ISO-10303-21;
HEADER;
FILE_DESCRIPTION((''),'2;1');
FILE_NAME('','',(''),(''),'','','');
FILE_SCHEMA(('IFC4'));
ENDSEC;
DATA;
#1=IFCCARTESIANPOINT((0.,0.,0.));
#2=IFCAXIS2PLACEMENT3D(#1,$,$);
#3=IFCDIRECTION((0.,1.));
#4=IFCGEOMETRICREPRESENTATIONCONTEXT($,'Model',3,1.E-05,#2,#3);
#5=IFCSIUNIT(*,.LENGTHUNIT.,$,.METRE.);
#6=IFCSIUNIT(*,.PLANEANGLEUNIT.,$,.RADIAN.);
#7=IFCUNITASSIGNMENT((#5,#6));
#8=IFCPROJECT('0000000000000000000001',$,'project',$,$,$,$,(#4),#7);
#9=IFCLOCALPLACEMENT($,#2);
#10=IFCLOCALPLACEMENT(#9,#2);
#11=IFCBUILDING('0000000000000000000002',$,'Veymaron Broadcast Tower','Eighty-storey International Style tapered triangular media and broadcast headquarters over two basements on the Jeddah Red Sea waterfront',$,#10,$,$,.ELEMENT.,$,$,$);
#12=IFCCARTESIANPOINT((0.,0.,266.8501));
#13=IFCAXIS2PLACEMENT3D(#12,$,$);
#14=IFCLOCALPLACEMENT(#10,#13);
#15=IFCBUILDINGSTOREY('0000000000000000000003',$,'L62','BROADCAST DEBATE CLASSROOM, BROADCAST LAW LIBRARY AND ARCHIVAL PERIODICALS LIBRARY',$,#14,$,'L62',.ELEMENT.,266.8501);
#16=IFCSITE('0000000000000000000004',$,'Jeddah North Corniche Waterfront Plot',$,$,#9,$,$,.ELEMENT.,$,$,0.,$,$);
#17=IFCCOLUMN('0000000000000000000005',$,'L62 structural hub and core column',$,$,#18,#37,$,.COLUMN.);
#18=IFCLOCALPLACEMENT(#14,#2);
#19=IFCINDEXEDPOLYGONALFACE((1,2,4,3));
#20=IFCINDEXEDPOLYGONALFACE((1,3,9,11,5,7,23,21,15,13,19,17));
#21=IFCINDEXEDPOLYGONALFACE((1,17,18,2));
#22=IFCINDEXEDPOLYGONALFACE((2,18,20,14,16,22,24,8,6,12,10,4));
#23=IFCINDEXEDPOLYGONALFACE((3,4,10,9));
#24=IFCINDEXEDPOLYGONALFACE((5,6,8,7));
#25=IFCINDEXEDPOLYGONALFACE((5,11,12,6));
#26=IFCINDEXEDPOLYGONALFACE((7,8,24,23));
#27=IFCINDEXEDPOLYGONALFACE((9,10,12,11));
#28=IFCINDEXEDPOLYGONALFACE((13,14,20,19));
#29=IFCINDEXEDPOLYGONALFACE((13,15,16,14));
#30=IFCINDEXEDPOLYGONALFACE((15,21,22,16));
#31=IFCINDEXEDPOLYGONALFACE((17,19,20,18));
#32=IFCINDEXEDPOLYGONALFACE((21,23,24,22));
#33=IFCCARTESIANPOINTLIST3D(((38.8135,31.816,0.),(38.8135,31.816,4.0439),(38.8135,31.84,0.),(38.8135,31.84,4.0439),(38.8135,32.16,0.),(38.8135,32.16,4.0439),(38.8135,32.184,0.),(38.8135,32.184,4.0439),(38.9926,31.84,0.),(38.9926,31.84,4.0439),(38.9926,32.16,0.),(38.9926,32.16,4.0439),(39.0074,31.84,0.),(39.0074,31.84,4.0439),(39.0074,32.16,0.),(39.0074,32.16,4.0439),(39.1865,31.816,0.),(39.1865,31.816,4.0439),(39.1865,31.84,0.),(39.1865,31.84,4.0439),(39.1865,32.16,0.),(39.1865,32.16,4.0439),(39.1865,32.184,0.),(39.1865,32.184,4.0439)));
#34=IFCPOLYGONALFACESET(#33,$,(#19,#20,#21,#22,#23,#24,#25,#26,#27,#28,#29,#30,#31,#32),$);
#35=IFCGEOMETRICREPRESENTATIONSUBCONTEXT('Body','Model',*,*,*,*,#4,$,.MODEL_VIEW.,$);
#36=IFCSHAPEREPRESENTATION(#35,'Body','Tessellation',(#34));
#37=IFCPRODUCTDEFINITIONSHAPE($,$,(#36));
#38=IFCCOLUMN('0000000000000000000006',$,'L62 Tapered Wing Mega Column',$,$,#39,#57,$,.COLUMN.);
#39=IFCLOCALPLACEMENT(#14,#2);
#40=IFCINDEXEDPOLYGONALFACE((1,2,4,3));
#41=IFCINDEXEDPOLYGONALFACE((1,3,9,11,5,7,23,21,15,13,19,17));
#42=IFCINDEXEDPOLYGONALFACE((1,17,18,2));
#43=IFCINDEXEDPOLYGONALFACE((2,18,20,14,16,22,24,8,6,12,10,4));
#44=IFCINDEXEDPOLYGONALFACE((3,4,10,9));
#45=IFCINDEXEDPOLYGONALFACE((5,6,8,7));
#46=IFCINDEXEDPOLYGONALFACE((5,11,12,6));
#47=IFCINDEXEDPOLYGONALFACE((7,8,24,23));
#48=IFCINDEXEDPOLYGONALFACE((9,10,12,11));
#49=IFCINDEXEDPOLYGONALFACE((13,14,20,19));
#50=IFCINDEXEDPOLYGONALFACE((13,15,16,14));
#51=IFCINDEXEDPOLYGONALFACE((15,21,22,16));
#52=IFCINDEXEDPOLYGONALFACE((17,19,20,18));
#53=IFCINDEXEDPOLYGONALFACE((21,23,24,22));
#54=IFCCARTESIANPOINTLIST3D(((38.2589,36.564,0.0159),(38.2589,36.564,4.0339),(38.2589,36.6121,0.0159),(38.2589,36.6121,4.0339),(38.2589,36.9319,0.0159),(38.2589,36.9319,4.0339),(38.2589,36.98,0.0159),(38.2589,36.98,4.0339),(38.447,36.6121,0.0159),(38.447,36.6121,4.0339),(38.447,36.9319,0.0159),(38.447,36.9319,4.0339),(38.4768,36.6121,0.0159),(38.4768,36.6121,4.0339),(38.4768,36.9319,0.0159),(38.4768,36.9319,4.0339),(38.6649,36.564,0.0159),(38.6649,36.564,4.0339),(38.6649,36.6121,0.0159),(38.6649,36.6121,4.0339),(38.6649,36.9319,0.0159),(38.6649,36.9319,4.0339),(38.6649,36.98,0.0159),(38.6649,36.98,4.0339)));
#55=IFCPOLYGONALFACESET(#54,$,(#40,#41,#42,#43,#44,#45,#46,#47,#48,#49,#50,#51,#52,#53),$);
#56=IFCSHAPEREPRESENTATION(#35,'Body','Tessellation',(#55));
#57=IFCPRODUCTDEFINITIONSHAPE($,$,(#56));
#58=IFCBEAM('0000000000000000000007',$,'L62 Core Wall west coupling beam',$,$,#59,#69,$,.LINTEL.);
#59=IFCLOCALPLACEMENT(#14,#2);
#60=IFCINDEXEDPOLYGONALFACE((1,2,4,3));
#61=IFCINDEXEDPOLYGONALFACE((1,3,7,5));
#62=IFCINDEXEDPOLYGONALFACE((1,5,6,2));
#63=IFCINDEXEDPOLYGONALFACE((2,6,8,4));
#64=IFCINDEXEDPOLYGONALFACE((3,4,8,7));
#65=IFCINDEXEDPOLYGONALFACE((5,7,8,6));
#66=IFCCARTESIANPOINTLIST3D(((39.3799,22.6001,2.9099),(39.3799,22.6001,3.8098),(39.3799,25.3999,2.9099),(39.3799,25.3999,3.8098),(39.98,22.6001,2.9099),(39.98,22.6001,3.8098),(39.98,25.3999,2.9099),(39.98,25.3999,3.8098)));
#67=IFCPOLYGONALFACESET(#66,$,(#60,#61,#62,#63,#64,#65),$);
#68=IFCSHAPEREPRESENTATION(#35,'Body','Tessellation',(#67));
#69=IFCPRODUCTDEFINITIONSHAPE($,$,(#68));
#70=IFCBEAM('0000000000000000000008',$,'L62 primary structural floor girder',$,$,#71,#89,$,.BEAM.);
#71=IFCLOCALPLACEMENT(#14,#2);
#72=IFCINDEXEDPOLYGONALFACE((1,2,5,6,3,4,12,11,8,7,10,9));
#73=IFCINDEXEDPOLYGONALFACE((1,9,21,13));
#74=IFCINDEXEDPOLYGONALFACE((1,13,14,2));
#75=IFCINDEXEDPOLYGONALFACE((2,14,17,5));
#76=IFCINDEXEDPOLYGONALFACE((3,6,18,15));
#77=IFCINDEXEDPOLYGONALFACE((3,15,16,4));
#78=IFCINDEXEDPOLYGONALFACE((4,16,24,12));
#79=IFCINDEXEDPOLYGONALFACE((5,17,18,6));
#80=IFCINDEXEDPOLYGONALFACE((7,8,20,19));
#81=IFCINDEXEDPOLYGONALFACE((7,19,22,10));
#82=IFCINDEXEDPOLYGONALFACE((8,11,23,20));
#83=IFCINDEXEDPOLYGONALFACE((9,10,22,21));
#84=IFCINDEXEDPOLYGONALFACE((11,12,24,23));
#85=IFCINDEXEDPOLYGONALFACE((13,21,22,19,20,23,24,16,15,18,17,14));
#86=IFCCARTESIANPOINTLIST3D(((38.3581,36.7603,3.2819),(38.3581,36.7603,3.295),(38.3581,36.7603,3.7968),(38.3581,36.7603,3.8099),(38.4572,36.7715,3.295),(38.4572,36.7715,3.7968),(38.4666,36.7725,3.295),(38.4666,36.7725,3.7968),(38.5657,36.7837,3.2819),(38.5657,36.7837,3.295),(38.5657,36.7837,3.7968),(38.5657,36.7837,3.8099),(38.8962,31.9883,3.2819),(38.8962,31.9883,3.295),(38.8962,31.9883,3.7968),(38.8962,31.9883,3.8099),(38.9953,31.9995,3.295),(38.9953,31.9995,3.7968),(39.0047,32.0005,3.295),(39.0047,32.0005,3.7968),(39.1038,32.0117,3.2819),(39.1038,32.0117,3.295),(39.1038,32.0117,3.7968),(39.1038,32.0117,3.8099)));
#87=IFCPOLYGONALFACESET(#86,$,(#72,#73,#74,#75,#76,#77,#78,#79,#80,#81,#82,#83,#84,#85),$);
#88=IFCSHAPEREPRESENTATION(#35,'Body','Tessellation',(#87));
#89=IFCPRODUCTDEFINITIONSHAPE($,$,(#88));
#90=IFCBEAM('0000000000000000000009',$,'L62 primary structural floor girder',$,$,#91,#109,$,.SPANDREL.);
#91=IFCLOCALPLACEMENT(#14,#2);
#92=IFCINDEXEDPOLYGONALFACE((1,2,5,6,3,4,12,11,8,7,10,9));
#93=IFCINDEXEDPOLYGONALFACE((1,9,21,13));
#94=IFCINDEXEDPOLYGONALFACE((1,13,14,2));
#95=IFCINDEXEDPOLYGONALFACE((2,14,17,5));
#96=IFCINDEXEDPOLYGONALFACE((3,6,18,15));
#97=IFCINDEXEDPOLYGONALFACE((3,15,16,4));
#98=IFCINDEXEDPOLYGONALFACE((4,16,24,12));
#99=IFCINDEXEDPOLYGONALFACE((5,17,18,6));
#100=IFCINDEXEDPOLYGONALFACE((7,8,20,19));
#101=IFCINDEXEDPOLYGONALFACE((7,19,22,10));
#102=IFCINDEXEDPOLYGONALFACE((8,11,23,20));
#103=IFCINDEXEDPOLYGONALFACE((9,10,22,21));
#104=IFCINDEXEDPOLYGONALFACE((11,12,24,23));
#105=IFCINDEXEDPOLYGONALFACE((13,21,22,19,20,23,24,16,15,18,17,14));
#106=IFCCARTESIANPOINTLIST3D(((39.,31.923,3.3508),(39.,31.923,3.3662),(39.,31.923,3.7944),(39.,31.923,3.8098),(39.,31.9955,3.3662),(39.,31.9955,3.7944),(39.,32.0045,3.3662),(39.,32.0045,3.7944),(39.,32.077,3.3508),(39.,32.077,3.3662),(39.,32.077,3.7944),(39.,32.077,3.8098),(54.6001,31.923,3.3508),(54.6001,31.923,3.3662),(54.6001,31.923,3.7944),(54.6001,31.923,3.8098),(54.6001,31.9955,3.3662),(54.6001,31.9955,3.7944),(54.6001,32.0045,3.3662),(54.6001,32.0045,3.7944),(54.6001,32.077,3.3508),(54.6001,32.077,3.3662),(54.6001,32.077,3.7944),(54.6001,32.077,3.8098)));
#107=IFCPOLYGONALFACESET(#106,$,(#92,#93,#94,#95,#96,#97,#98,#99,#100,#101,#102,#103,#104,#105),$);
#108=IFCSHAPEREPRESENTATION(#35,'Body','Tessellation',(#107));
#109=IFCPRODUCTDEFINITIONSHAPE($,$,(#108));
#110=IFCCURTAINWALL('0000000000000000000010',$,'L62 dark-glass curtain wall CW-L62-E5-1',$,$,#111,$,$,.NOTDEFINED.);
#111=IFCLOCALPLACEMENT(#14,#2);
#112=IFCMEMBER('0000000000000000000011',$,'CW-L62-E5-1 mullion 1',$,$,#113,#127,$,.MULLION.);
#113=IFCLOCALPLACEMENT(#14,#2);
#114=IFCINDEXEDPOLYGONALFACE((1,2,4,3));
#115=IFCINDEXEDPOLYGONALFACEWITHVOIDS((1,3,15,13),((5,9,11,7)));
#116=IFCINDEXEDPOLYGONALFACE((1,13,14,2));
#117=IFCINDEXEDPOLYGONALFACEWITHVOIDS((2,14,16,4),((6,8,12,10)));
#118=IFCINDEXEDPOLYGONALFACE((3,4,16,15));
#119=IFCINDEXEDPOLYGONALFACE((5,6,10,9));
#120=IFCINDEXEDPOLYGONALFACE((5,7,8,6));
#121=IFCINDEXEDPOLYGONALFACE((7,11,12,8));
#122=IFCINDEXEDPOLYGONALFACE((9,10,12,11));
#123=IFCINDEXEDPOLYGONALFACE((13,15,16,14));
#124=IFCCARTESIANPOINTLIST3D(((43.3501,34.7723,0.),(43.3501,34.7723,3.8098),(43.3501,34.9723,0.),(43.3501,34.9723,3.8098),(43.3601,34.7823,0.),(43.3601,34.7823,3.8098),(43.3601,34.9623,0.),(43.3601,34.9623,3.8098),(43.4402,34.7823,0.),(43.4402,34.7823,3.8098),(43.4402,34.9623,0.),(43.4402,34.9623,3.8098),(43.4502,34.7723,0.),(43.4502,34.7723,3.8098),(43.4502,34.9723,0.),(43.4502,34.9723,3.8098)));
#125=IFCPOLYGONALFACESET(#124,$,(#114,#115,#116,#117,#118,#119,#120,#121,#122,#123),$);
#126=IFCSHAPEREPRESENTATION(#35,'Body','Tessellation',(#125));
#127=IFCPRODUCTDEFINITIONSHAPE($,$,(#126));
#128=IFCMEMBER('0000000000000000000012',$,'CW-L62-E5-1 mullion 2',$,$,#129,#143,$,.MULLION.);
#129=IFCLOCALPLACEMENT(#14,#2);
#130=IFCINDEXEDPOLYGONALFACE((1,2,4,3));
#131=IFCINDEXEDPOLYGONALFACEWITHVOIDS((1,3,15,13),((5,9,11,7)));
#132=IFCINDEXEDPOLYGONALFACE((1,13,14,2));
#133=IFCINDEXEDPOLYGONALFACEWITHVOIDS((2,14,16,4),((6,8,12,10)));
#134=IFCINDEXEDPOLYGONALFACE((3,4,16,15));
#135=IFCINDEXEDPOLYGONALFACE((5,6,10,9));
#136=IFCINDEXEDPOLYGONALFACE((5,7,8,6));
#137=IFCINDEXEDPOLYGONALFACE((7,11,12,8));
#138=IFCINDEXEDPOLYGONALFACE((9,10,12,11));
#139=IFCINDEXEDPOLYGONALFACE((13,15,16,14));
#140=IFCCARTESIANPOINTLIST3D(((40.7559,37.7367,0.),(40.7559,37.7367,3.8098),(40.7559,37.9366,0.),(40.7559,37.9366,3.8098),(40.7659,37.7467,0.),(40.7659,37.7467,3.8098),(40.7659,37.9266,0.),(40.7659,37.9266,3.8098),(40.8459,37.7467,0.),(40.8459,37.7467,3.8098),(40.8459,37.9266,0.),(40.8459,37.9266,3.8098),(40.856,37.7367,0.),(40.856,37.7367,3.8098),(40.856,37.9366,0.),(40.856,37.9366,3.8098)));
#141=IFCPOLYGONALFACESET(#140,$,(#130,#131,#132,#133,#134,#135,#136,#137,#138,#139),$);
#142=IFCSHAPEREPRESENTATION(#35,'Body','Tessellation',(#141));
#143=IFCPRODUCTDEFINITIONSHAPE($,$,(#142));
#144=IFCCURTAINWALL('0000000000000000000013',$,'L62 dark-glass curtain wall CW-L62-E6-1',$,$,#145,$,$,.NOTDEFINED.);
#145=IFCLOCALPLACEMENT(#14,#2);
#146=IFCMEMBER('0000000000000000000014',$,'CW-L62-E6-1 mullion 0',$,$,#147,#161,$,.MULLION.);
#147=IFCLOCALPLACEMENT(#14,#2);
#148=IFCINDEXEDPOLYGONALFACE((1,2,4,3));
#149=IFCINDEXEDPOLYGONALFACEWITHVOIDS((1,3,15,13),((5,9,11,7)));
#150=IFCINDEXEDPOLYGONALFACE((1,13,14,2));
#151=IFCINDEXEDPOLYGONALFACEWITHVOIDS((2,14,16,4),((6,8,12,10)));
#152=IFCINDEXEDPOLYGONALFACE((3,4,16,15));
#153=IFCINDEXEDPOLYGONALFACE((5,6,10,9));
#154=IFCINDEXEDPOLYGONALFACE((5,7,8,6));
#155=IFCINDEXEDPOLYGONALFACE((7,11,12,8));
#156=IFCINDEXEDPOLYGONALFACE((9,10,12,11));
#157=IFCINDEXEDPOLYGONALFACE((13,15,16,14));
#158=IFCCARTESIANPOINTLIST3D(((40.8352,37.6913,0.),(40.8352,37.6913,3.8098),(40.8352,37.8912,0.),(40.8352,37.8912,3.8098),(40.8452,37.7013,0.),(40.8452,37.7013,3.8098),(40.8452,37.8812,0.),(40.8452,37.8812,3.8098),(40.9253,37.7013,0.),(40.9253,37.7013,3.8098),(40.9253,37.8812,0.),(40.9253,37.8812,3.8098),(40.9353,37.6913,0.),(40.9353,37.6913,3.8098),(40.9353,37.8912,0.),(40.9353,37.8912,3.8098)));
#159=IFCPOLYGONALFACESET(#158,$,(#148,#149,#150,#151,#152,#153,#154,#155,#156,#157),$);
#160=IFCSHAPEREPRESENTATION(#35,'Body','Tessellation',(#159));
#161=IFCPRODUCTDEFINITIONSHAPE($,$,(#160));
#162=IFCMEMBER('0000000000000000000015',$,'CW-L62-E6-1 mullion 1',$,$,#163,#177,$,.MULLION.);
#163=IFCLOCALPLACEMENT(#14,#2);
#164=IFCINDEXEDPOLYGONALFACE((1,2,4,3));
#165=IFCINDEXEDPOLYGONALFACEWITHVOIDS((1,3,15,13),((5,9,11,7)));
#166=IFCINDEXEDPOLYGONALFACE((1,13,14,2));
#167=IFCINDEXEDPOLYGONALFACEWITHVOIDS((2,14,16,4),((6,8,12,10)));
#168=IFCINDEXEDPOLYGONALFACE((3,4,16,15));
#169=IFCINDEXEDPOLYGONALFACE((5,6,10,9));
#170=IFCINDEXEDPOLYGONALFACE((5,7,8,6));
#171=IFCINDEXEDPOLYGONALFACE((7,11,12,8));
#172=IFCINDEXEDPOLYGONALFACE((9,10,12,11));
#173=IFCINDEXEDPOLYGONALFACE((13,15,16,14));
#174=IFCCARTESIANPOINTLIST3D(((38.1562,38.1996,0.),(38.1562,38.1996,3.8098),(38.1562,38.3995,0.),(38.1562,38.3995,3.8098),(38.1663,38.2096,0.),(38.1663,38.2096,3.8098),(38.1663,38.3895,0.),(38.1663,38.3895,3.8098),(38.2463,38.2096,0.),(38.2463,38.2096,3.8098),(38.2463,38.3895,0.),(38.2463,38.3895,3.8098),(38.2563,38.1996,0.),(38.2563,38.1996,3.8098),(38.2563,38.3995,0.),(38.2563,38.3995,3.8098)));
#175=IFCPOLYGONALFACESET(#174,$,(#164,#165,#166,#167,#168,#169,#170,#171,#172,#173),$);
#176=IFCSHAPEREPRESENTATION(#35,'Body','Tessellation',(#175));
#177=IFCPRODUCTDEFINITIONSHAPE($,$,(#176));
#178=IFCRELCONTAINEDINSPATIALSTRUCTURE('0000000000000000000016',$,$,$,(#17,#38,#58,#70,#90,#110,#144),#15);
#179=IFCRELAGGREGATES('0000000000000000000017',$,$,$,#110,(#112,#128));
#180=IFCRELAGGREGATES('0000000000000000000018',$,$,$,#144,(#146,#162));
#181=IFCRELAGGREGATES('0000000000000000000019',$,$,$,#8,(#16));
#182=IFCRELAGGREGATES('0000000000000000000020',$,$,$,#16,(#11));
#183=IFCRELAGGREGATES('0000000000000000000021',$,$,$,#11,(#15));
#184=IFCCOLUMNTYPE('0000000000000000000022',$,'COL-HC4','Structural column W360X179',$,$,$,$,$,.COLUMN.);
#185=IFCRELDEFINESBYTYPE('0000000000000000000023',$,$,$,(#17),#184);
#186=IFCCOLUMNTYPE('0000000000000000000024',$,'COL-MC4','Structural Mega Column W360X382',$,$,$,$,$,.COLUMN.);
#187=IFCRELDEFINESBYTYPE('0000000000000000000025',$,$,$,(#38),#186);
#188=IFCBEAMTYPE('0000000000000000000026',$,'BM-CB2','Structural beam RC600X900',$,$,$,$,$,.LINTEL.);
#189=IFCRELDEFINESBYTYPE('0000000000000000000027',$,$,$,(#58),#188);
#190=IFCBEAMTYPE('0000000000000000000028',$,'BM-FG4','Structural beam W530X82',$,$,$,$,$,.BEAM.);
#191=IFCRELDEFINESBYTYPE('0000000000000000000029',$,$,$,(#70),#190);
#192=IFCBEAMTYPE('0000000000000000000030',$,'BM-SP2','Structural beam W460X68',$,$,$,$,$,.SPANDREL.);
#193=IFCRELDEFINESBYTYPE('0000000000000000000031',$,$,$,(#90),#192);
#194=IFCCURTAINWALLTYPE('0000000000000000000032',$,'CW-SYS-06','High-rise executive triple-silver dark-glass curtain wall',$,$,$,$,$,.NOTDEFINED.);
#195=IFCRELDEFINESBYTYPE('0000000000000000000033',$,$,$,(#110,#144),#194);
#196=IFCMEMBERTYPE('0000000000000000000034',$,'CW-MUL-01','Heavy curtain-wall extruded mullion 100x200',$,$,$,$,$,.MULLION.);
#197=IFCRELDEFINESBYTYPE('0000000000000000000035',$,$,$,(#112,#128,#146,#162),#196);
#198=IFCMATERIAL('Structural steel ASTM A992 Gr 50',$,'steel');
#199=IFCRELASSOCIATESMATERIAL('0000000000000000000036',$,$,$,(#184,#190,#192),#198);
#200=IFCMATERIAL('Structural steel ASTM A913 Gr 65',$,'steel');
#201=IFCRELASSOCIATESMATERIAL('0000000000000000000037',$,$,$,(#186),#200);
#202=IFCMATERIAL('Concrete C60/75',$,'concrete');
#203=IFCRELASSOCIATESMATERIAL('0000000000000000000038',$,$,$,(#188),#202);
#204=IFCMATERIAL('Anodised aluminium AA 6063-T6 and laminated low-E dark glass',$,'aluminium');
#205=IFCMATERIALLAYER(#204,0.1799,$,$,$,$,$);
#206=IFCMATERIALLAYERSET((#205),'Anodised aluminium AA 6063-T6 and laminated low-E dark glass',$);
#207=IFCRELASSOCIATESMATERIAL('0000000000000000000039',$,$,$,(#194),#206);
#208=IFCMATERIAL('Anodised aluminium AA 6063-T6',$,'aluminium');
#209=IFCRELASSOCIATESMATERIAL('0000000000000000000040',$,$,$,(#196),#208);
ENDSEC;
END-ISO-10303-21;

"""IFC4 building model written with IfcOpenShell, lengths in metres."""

from ifc_helpers import new_model, si_unit, direction, frame, origin, origin_2d, place, context, subcontext, project, spatial, rectangle, hollow_rectangle, i_section, extrude, material, layer, layer_set, material_profile, profile_set, type_object, element, aggregate, save


model = new_model("IFC4")

# Units and contexts
model_context = context("Model", 3, precision=1e-05, world=origin(), true_north=direction((0.0, 1.0)))
body_context = subcontext(model_context, "Body", "Model", "MODEL_VIEW")
ifc_project = project(units=[si_unit("LENGTHUNIT", "METRE"), si_unit("PLANEANGLEUNIT", "RADIAN")], contexts=[model_context])

# Site, building, storey
site_placement = place(None, origin())
site = spatial("IfcSite", under=ifc_project, at=site_placement, Name="Jeddah North Corniche Waterfront Plot", CompositionType="ELEMENT", RefElevation=0.0)
building_placement = place(site_placement, origin())
building = spatial("IfcBuilding", under=site, at=building_placement, Name="Veymaron Broadcast Tower", Description="Eighty-storey International Style tapered triangular media and broadcast headquarters over two basements on the Jeddah Red Sea waterfront", CompositionType="ELEMENT")
storey_placement = place(building_placement, frame((0.0, 0.0, 266.8501)))
storey = spatial("IfcBuildingStorey", under=building, at=storey_placement, Name="L62", Description="BROADCAST DEBATE CLASSROOM, BROADCAST LAW LIBRARY AND ARCHIVAL PERIODICALS LIBRARY", LongName="L62", CompositionType="ELEMENT", Elevation=266.8501)

# Columns
ifc_material_1 = material(Name="Structural steel ASTM A992 Gr 50", Category="steel")
ifc_material_profile_1 = material_profile(ifc_material_1, i_section(OverallWidth=0.373, OverallDepth=0.3679, WebThickness=0.0149, FlangeThickness=0.0239, at=origin_2d()), Name="W360X179")
ifc_profile_set_1 = profile_set([ifc_material_profile_1], Name="Structural steel ASTM A992 Gr 50")
column_type_1 = type_object("IfcColumnType", Name="COL-HC4", Description="Structural column W360X179", PredefinedType="COLUMN", material=ifc_profile_set_1)
column_1_placement = place(storey_placement, frame((39.0, 32.0, 0.0), z_axis=(0.0, 0.0, 1.0), x_axis=(1.0, 0.0, 0.0)))
element("IfcColumn", 1, at=column_1_placement, inside=storey, type_object=column_type_1, Name="L62 structural hub and core column", PredefinedType="COLUMN", context=body_context, shape_type="SweptSolid", body=[
    extrude(i_section(OverallWidth=0.373, OverallDepth=0.3679, WebThickness=0.0149, FlangeThickness=0.0239, at=origin_2d()), origin(), (0.0, 0.0, 1.0), 4.0439),
])
ifc_material_2 = material(Name="Structural steel ASTM A913 Gr 65", Category="steel")
ifc_material_profile_2 = material_profile(ifc_material_2, i_section(OverallWidth=0.406, OverallDepth=0.416, WebThickness=0.0298, FlangeThickness=0.0481, at=origin_2d()), Name="W360X382")
ifc_profile_set_2 = profile_set([ifc_material_profile_2], Name="Structural steel ASTM A913 Gr 65")
column_type_2 = type_object("IfcColumnType", Name="COL-MC4", Description="Structural Mega Column W360X382", PredefinedType="COLUMN", material=ifc_profile_set_2)
column_2_placement = place(storey_placement, frame((38.4619, 36.772, 0.0159), z_axis=(0.0, 0.0, 1.0), x_axis=(1.0, 0.0, 0.0)))
element("IfcColumn", 2, at=column_2_placement, inside=storey, type_object=column_type_2, Name="L62 Tapered Wing Mega Column", PredefinedType="COLUMN", context=body_context, shape_type="SweptSolid", body=[
    extrude(i_section(OverallWidth=0.406, OverallDepth=0.416, WebThickness=0.0298, FlangeThickness=0.0481, at=origin_2d()), origin(), (0.0, 0.0, 1.0), 4.0181),
])

# Beams
ifc_material_3 = material(Name="Concrete C60/75", Category="concrete")
ifc_material_profile_3 = material_profile(ifc_material_3, rectangle(XDim=0.6001, YDim=0.8999, at=origin_2d()), Name="RC600X900")
ifc_profile_set_3 = profile_set([ifc_material_profile_3], Name="Concrete C60/75")
beam_type_1 = type_object("IfcBeamType", Name="BM-CB2", Description="Structural beam RC600X900", PredefinedType="LINTEL", material=ifc_profile_set_3)
beam_1_placement = place(storey_placement, frame((39.6799, 22.6001, 3.3599), z_axis=(0.0, 1.0, 0.0), x_axis=(-1.0, 0.0, 0.0)))
element("IfcBeam", 3, at=beam_1_placement, inside=storey, type_object=beam_type_1, Name="L62 Core Wall west coupling beam", PredefinedType="LINTEL", context=body_context, shape_type="SweptSolid", body=[
    extrude(rectangle(XDim=0.6001, YDim=0.8999, at=origin_2d()), origin(), (0.0, 0.0, 1.0), 2.7998),
])
ifc_material_profile_4 = material_profile(ifc_material_1, i_section(OverallWidth=0.209, OverallDepth=0.5281, WebThickness=0.0095, FlangeThickness=0.0132, at=origin_2d()), Name="W530X82")
ifc_profile_set_4 = profile_set([ifc_material_profile_4], Name="Structural steel ASTM A992 Gr 50")
beam_type_2 = type_object("IfcBeamType", Name="BM-FG4", Description="Structural beam W530X82", PredefinedType="BEAM", material=ifc_profile_set_4)
beam_2_placement = place(storey_placement, frame((39.0, 32.0, 3.5459), z_axis=(-0.11205, 0.993703, 0.0), x_axis=(-0.993703, -0.11205, 0.0)))
element("IfcBeam", 4, at=beam_2_placement, inside=storey, type_object=beam_type_2, Name="L62 primary structural floor girder", PredefinedType="BEAM", context=body_context, shape_type="SweptSolid", body=[
    extrude(i_section(OverallWidth=0.209, OverallDepth=0.5281, WebThickness=0.0095, FlangeThickness=0.0132, at=origin_2d()), origin(), (0.0, 0.0, 1.0), 4.8022),
])
ifc_material_profile_5 = material_profile(ifc_material_1, i_section(OverallWidth=0.1541, OverallDepth=0.459, WebThickness=0.009, FlangeThickness=0.0154, at=origin_2d()), Name="W460X68")
ifc_profile_set_5 = profile_set([ifc_material_profile_5], Name="Structural steel ASTM A992 Gr 50")
beam_type_3 = type_object("IfcBeamType", Name="BM-SP2", Description="Structural beam W460X68", PredefinedType="SPANDREL", material=ifc_profile_set_5)
beam_3_placement = place(storey_placement, frame((39.0, 32.0, 3.5803), z_axis=(1.0, 0.0, 0.0), x_axis=(0.0, 1.0, 0.0)))
element("IfcBeam", 5, at=beam_3_placement, inside=storey, type_object=beam_type_3, Name="L62 primary structural floor girder", PredefinedType="SPANDREL", context=body_context, shape_type="SweptSolid", body=[
    extrude(i_section(OverallWidth=0.1541, OverallDepth=0.459, WebThickness=0.009, FlangeThickness=0.0154, at=origin_2d()), origin(), (0.0, 0.0, 1.0), 15.6001),
])

# Curtain walls, members
ifc_material_4 = material(Name="Anodised aluminium AA 6063-T6 and laminated low-E dark glass", Category="aluminium")
ifc_layer_1 = layer(ifc_material_4, 0.1799)
ifc_layer_set_1 = layer_set([ifc_layer_1], Name="Anodised aluminium AA 6063-T6 and laminated low-E dark glass")
curtain_wall_type = type_object("IfcCurtainWallType", Name="CW-SYS-06", Description="High-rise executive triple-silver dark-glass curtain wall", PredefinedType="NOTDEFINED", material=ifc_layer_set_1)
curtain_wall_1_placement = place(storey_placement, origin())
curtain_wall_1 = element("IfcCurtainWall", 6, at=curtain_wall_1_placement, inside=storey, type_object=curtain_wall_type, Name="L62 dark-glass curtain wall CW-L62-E5-1", PredefinedType="NOTDEFINED")
ifc_material_5 = material(Name="Anodised aluminium AA 6063-T6", Category="aluminium")
ifc_material_profile_6 = material_profile(ifc_material_5, hollow_rectangle(XDim=0.1001, YDim=0.2, WallThickness=0.01, at=origin_2d()), Name="RHS200X100X10")
ifc_profile_set_6 = profile_set([ifc_material_profile_6], Name="Anodised aluminium AA 6063-T6")
member_type_1 = type_object("IfcMemberType", Name="CW-MUL-01", Description="Heavy curtain-wall extruded mullion 100x200", PredefinedType="MULLION", material=ifc_profile_set_6)
member_1_placement = place(storey_placement, frame((43.4001, 34.8723, 0.0), z_axis=(0.0, 0.0, 1.0), x_axis=(1.0, 0.0, 0.0)))
member_1 = element("IfcMember", 7, at=member_1_placement, type_object=member_type_1, Name="CW-L62-E5-1 mullion 1", PredefinedType="MULLION", context=body_context, shape_type="SweptSolid", body=[
    extrude(hollow_rectangle(XDim=0.1001, YDim=0.2, WallThickness=0.01, at=origin_2d()), origin(), (0.0, 0.0, 1.0), 3.8098),
])
member_2_placement = place(storey_placement, frame((40.8059, 37.8367, 0.0), z_axis=(0.0, 0.0, 1.0), x_axis=(1.0, 0.0, 0.0)))
member_2 = element("IfcMember", 8, at=member_2_placement, type_object=member_type_1, Name="CW-L62-E5-1 mullion 2", PredefinedType="MULLION", context=body_context, shape_type="SweptSolid", body=[
    extrude(hollow_rectangle(XDim=0.1001, YDim=0.2, WallThickness=0.01, at=origin_2d()), origin(), (0.0, 0.0, 1.0), 3.8098),
])
curtain_wall_2_placement = place(storey_placement, origin())
curtain_wall_2 = element("IfcCurtainWall", 9, at=curtain_wall_2_placement, inside=storey, type_object=curtain_wall_type, Name="L62 dark-glass curtain wall CW-L62-E6-1", PredefinedType="NOTDEFINED")
member_3_placement = place(storey_placement, frame((40.8853, 37.7913, 0.0), z_axis=(0.0, 0.0, 1.0), x_axis=(1.0, 0.0, 0.0)))
member_3 = element("IfcMember", 10, at=member_3_placement, type_object=member_type_1, Name="CW-L62-E6-1 mullion 0", PredefinedType="MULLION", context=body_context, shape_type="SweptSolid", body=[
    extrude(hollow_rectangle(XDim=0.1001, YDim=0.2, WallThickness=0.01, at=origin_2d()), origin(), (0.0, 0.0, 1.0), 3.8098),
])
member_4_placement = place(storey_placement, frame((38.2063, 38.2996, 0.0), z_axis=(0.0, 0.0, 1.0), x_axis=(1.0, 0.0, 0.0)))
member_4 = element("IfcMember", 11, at=member_4_placement, type_object=member_type_1, Name="CW-L62-E6-1 mullion 1", PredefinedType="MULLION", context=body_context, shape_type="SweptSolid", body=[
    extrude(hollow_rectangle(XDim=0.1001, YDim=0.2, WallThickness=0.01, at=origin_2d()), origin(), (0.0, 0.0, 1.0), 3.8098),
])

aggregate(curtain_wall_1, [member_1, member_2])
aggregate(curtain_wall_2, [member_3, member_4])

save(model, "model.ifc")
